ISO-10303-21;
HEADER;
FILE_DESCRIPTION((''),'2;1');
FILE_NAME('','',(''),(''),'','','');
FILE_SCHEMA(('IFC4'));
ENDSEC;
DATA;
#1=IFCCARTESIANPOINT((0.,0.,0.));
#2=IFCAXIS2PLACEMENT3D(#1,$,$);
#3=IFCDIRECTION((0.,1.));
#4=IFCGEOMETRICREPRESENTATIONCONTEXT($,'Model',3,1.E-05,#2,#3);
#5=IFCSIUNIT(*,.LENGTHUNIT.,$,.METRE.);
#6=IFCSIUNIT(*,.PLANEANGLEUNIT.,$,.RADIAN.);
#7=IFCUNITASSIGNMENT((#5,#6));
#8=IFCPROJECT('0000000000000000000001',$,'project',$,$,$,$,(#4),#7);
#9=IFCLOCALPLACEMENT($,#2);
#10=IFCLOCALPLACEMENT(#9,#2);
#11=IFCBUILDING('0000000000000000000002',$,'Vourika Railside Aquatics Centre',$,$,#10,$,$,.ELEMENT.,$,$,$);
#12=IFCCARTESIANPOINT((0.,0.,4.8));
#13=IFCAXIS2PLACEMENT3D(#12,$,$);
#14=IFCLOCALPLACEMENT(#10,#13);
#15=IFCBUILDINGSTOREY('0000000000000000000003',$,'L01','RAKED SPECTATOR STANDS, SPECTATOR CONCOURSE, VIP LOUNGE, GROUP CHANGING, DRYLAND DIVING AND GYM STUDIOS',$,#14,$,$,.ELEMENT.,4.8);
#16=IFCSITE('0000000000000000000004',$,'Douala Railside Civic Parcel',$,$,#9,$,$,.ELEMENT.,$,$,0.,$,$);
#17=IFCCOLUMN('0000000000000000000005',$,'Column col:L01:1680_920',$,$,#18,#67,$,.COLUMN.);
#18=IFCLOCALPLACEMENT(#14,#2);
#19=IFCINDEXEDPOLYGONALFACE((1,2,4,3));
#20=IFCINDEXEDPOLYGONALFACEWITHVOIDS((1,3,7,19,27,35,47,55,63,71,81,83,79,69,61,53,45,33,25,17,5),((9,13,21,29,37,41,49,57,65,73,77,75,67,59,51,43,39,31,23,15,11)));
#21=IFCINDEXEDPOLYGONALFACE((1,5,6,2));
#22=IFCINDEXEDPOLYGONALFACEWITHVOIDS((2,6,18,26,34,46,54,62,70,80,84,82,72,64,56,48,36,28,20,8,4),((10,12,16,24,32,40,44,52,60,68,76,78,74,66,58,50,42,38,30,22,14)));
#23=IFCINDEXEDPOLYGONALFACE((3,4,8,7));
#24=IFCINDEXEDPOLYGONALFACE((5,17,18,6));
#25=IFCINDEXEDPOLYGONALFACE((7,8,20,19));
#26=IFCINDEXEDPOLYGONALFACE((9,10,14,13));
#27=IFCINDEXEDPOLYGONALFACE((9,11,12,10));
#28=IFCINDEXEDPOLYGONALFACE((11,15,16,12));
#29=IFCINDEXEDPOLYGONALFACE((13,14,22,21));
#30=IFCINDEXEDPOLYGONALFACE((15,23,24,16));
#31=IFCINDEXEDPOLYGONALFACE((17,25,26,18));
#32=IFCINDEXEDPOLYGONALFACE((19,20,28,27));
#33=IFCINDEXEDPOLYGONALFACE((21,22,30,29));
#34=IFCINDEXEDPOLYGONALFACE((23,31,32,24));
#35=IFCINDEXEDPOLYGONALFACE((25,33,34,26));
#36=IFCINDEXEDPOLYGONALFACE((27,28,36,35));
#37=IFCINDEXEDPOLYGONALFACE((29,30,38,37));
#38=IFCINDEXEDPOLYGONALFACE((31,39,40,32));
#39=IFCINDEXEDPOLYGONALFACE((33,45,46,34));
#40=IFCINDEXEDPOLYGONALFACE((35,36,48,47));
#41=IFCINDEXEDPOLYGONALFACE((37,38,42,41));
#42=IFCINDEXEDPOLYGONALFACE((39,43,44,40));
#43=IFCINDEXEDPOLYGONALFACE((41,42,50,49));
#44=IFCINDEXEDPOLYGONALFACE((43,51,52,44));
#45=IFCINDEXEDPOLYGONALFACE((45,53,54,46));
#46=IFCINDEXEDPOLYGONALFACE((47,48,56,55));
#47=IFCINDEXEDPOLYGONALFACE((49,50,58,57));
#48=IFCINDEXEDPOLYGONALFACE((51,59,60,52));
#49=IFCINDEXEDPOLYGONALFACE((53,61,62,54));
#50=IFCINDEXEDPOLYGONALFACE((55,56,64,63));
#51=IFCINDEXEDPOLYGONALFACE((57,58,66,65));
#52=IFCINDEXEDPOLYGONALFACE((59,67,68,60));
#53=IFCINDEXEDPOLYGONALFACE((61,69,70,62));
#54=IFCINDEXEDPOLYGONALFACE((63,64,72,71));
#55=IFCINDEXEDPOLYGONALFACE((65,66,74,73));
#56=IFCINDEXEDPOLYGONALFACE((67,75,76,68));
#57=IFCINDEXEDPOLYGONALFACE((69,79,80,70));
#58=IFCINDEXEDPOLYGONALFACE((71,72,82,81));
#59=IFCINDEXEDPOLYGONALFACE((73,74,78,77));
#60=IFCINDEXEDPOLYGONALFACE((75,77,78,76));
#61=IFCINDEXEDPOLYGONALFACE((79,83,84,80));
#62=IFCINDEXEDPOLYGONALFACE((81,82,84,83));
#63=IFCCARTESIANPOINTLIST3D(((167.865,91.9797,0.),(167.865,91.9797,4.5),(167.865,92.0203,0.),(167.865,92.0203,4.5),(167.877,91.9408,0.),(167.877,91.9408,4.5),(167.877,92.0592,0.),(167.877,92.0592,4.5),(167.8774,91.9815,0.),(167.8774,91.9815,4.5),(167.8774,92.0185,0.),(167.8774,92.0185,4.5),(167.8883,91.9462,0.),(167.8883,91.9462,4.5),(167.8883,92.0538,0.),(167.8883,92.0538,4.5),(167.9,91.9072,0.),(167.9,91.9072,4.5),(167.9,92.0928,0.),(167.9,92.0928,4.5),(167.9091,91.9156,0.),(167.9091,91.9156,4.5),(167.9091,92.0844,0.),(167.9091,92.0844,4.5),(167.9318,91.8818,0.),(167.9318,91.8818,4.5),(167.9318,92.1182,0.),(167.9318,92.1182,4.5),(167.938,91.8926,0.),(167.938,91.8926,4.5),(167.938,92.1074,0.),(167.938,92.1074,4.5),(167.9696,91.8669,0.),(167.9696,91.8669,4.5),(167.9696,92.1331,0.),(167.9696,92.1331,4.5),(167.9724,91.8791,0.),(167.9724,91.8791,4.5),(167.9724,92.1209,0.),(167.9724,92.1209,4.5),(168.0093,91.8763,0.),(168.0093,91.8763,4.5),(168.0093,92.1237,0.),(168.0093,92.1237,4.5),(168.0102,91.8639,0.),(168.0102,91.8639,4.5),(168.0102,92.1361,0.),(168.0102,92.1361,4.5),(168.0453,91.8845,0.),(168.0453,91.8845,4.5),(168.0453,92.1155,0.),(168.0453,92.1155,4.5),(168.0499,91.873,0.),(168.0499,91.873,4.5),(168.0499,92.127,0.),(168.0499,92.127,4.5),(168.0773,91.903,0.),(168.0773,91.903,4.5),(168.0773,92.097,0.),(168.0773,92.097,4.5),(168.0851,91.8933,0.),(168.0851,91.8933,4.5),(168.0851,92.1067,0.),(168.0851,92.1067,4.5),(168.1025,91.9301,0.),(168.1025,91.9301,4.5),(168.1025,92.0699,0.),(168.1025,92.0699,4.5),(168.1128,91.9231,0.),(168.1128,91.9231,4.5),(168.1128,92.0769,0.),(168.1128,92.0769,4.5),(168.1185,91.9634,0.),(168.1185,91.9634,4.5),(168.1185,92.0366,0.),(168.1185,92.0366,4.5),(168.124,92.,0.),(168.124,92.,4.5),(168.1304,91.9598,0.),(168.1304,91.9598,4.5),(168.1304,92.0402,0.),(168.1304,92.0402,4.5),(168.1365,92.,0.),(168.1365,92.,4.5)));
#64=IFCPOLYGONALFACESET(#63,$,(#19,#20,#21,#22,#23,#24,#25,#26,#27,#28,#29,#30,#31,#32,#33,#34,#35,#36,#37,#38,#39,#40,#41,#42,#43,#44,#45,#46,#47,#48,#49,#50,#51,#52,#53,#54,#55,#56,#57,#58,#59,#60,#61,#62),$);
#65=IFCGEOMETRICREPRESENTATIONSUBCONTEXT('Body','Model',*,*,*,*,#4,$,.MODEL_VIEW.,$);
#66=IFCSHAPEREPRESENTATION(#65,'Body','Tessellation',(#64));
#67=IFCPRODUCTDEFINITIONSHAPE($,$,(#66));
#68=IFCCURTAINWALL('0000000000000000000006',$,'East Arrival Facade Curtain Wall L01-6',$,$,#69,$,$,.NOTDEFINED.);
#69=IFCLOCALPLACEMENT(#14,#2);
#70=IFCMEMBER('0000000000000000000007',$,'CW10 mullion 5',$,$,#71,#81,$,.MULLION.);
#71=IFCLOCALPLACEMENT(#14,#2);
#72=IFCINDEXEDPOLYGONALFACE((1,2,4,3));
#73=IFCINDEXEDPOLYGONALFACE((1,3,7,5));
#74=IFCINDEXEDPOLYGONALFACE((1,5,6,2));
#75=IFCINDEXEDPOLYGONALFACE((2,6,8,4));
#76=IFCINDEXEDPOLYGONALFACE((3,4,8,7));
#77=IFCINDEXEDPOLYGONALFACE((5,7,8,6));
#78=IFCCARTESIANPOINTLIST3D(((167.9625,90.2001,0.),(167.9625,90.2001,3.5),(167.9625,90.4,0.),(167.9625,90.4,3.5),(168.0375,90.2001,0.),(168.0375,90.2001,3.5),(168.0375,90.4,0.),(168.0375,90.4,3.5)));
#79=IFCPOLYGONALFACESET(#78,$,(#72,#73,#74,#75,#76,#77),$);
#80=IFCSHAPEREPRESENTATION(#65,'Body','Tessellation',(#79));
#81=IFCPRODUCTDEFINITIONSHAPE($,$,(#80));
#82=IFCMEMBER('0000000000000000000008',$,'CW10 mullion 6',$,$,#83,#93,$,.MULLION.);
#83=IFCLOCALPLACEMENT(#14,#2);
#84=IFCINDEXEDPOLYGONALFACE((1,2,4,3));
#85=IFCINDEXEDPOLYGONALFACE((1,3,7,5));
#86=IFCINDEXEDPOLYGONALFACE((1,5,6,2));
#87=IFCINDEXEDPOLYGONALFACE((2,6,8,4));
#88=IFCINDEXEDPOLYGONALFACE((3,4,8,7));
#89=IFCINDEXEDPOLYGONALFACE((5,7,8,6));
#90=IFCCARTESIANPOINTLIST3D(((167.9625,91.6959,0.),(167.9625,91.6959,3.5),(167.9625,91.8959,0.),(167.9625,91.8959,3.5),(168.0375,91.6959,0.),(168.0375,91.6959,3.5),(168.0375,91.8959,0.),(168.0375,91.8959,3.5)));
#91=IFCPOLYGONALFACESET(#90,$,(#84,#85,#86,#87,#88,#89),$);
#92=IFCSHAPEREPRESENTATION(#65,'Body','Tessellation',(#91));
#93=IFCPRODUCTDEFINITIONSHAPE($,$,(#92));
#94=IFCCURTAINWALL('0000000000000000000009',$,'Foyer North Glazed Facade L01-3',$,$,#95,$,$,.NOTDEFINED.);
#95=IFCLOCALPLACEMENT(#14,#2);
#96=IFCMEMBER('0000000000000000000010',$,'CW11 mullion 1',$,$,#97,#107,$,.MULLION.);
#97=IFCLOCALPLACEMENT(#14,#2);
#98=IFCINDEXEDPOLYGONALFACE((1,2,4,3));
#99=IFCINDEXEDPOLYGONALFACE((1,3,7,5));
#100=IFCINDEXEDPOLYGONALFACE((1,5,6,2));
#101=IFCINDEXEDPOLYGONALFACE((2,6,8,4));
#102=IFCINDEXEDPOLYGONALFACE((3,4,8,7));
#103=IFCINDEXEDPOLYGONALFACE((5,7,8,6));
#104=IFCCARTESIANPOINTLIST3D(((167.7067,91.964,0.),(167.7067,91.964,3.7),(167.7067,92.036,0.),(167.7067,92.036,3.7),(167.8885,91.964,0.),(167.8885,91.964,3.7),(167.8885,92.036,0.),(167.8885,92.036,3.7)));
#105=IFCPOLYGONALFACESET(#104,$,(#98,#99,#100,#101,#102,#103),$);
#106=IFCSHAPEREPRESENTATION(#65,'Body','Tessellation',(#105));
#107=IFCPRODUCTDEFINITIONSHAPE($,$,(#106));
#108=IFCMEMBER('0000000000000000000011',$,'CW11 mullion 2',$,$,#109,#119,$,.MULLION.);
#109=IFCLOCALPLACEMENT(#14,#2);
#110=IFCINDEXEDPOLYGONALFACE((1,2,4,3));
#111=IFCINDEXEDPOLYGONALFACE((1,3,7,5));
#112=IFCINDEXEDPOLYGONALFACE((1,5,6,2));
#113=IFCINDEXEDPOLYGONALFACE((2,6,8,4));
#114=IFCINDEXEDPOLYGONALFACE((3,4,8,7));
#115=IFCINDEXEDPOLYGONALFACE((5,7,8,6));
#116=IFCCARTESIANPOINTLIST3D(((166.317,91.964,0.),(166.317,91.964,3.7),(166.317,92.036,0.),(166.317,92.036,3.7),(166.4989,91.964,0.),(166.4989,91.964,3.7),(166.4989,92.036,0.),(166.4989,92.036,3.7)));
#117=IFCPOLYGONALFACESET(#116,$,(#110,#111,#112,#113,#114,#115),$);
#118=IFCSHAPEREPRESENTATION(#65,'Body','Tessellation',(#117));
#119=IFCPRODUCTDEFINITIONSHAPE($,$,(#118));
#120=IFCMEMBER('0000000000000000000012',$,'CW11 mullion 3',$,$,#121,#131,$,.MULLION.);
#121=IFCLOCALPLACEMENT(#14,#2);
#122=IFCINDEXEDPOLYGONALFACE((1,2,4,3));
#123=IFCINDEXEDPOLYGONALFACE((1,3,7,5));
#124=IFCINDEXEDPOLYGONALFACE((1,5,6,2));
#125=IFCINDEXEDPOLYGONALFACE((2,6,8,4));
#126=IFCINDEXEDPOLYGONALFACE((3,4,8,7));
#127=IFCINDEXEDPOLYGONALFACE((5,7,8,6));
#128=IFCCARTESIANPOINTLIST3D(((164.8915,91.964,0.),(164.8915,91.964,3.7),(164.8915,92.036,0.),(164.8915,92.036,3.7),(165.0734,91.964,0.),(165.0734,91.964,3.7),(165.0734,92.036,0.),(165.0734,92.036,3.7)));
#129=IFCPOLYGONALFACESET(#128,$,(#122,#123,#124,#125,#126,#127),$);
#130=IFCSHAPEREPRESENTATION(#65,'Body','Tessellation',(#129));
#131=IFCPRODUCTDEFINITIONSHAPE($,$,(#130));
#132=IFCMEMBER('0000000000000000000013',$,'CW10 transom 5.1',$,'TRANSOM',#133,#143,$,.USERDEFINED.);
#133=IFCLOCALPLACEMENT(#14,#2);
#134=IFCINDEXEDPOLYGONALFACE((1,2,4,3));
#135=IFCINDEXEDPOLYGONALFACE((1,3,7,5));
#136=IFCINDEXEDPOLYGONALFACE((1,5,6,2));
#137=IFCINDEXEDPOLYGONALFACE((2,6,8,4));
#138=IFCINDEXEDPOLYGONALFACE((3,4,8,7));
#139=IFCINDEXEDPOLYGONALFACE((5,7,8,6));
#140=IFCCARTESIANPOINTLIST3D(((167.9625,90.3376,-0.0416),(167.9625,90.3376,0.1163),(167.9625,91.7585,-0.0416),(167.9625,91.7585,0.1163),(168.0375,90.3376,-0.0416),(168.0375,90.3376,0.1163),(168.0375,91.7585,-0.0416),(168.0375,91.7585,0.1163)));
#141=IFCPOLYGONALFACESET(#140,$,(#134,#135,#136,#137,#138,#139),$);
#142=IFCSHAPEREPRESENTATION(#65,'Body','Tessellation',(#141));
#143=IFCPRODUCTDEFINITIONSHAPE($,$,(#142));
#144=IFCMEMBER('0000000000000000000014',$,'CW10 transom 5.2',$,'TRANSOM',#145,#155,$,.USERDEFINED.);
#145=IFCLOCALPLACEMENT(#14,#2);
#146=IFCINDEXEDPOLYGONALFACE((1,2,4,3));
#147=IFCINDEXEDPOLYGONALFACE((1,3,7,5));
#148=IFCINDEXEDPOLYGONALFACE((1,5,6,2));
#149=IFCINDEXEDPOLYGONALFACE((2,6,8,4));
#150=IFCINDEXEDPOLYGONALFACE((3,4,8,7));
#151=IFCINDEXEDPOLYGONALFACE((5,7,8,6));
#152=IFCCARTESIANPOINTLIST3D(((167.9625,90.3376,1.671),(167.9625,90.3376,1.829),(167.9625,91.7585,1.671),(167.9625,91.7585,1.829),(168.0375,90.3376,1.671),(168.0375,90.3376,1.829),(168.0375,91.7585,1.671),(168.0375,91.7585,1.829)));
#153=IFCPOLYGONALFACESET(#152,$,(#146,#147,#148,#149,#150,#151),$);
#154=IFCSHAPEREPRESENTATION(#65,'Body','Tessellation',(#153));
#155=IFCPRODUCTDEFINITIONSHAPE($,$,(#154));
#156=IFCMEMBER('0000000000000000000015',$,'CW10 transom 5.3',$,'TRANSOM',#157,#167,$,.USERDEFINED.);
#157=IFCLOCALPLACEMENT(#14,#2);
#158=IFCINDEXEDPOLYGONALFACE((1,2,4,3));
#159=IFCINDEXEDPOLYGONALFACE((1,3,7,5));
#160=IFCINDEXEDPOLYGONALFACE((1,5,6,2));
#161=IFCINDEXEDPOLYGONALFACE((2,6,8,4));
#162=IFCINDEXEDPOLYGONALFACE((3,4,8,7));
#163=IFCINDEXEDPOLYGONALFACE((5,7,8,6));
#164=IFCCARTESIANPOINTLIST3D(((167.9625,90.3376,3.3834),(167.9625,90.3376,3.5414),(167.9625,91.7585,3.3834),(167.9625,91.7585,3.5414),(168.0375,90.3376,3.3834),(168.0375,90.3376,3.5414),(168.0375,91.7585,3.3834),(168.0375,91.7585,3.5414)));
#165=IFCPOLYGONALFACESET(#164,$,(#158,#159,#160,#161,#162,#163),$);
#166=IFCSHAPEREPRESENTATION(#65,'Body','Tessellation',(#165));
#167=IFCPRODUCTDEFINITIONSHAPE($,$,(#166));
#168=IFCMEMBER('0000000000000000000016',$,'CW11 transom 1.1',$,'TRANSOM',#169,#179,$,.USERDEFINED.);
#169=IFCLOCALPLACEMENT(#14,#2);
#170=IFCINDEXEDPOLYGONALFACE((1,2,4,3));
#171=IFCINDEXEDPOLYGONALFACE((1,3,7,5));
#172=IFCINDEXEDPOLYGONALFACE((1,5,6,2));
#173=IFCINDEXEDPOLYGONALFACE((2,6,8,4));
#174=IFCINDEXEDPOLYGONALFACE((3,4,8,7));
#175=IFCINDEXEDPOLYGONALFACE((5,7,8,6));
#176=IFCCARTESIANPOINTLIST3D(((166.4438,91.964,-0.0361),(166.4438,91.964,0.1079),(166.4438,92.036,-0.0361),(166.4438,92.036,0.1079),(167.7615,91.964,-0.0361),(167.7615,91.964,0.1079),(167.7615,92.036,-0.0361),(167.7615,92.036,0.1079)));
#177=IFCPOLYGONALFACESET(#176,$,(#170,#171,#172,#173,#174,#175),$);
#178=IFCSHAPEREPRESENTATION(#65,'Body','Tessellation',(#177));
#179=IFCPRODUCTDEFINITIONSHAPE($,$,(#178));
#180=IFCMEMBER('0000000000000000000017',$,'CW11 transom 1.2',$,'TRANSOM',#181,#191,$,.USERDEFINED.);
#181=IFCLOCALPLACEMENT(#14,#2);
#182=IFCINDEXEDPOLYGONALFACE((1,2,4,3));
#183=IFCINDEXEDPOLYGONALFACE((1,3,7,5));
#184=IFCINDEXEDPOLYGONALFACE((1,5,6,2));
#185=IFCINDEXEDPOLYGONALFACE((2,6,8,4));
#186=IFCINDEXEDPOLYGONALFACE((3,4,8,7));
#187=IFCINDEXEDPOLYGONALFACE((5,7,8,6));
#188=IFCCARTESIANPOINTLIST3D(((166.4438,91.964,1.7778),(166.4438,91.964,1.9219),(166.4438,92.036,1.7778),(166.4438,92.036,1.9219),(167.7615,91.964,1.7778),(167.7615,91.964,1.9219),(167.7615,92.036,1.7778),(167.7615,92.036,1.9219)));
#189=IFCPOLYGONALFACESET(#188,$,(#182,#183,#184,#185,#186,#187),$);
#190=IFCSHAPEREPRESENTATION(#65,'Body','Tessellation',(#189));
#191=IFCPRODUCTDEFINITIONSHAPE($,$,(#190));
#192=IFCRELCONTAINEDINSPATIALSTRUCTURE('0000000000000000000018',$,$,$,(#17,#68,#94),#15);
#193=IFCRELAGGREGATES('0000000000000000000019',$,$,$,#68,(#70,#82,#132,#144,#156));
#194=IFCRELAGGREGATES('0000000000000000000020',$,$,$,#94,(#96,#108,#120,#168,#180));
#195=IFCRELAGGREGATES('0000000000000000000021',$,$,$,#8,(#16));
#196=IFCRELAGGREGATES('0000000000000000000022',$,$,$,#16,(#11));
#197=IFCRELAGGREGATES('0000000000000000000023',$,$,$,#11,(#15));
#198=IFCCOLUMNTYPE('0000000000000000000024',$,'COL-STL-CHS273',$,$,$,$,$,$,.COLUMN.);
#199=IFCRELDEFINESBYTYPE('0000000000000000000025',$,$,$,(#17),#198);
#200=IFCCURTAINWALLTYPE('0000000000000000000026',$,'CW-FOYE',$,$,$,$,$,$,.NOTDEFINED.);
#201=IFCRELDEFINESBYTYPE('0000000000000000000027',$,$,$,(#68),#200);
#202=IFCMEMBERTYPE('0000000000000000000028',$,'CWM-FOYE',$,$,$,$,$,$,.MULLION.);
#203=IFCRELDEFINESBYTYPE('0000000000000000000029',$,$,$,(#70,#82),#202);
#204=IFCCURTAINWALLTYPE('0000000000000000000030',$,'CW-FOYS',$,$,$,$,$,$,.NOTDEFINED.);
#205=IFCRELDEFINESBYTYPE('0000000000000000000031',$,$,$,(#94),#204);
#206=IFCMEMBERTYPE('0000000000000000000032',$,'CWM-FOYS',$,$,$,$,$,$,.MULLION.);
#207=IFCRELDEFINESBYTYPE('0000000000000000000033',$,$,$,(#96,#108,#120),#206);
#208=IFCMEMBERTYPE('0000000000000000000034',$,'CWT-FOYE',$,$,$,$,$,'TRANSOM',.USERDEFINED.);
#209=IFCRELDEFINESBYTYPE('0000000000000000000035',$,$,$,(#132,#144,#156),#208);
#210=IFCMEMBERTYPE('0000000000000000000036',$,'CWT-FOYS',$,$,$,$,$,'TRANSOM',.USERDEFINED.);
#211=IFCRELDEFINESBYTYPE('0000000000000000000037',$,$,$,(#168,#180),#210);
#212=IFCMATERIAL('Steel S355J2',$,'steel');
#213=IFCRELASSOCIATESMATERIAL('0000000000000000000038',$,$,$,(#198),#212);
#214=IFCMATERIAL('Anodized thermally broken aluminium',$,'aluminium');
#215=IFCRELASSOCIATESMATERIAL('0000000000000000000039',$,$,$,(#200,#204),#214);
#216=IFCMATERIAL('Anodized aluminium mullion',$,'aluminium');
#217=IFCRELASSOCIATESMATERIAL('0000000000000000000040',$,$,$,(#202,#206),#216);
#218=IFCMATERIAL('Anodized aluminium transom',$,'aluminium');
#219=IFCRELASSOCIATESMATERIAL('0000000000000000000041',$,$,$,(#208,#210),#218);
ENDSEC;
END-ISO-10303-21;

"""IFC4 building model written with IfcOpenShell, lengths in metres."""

from ifc_helpers import new_model, si_unit, direction, frame, origin, origin_2d, place, context, subcontext, project, spatial, rectangle, hollow_circle, extrude, material, material_profile, profile_set, type_object, element, aggregate, save


model = new_model("IFC4")

# Units and contexts
model_context = context("Model", 3, precision=1e-05, world=origin(), true_north=direction((0.0, 1.0)))
body_context = subcontext(model_context, "Body", "Model", "MODEL_VIEW")
ifc_project = project(units=[si_unit("LENGTHUNIT", "METRE"), si_unit("PLANEANGLEUNIT", "RADIAN")], contexts=[model_context])

# Site, building, storey
site_placement = place(None, origin())
site = spatial("IfcSite", under=ifc_project, at=site_placement, Name="Douala Railside Civic Parcel", CompositionType="ELEMENT", RefElevation=0.0)
building_placement = place(site_placement, origin())
building = spatial("IfcBuilding", under=site, at=building_placement, Name="Vourika Railside Aquatics Centre", CompositionType="ELEMENT")
storey_placement = place(building_placement, frame((0.0, 0.0, 4.8)))
storey = spatial("IfcBuildingStorey", under=building, at=storey_placement, Name="L01", Description="RAKED SPECTATOR STANDS, SPECTATOR CONCOURSE, VIP LOUNGE, GROUP CHANGING, DRYLAND DIVING AND GYM STUDIOS", CompositionType="ELEMENT", Elevation=4.8)

# Column
ifc_material_1 = material(Name="Steel S355J2", Category="steel")
ifc_material_profile_1 = material_profile(ifc_material_1, hollow_circle(Radius=0.1365, WallThickness=0.0125, at=origin_2d()), Name="CHS 273x12.5")
ifc_profile_set_1 = profile_set([ifc_material_profile_1], Name="Steel S355J2")
column_type = type_object("IfcColumnType", Name="COL-STL-CHS273", PredefinedType="COLUMN", material=ifc_profile_set_1)
column_placement = place(storey_placement, frame((168.0, 92.0, 0.0), z_axis=(0.0, 0.0, 1.0), x_axis=(1.0, 0.0, 0.0)))
element("IfcColumn", 1, at=column_placement, inside=storey, type_object=column_type, Name="Column col:L01:1680_920", PredefinedType="COLUMN", context=body_context, shape_type="SweptSolid", body=[
    extrude(hollow_circle(Radius=0.1365, WallThickness=0.0125, at=origin_2d()), origin(), (0.0, 0.0, 1.0), 4.5),
])

# Curtain walls, members
ifc_material_2 = material(Name="Anodized thermally broken aluminium", Category="aluminium")
curtain_wall_type_1 = type_object("IfcCurtainWallType", Name="CW-FOYE", PredefinedType="NOTDEFINED", material=ifc_material_2)
curtain_wall_1_placement = place(storey_placement, origin())
curtain_wall_1 = element("IfcCurtainWall", 2, at=curtain_wall_1_placement, inside=storey, type_object=curtain_wall_type_1, Name="East Arrival Facade Curtain Wall L01-6", PredefinedType="NOTDEFINED")
ifc_material_3 = material(Name="Anodized aluminium mullion", Category="aluminium")
ifc_material_profile_2 = material_profile(ifc_material_3, rectangle(XDim=0.075, YDim=0.2, at=origin_2d()), Name="ALU-M 75x200")
ifc_profile_set_2 = profile_set([ifc_material_profile_2], Name="Anodized aluminium mullion")
member_type_1 = type_object("IfcMemberType", Name="CWM-FOYE", PredefinedType="MULLION", material=ifc_profile_set_2)
member_1_placement = place(storey_placement, frame((168.0, 90.3, 0.0), z_axis=(0.0, 0.0, 1.0), x_axis=(-1.0, 0.0, 0.0)))
member_1 = element("IfcMember", 3, at=member_1_placement, type_object=member_type_1, Name="CW10 mullion 5", PredefinedType="MULLION", context=body_context, shape_type="SweptSolid", body=[
    extrude(rectangle(XDim=0.075, YDim=0.2, at=origin_2d()), origin(), (0.0, 0.0, 1.0), 3.5),
])
member_2_placement = place(storey_placement, frame((168.0, 91.7959, 0.0), z_axis=(0.0, 0.0, 1.0), x_axis=(-1.0, 0.0, 0.0)))
member_2 = element("IfcMember", 4, at=member_2_placement, type_object=member_type_1, Name="CW10 mullion 6", PredefinedType="MULLION", context=body_context, shape_type="SweptSolid", body=[
    extrude(rectangle(XDim=0.075, YDim=0.2, at=origin_2d()), origin(), (0.0, 0.0, 1.0), 3.5),
])
curtain_wall_type_2 = type_object("IfcCurtainWallType", Name="CW-FOYS", PredefinedType="NOTDEFINED", material=ifc_material_2)
curtain_wall_2_placement = place(storey_placement, origin())
curtain_wall_2 = element("IfcCurtainWall", 5, at=curtain_wall_2_placement, inside=storey, type_object=curtain_wall_type_2, Name="Foyer North Glazed Facade L01-3", PredefinedType="NOTDEFINED")
ifc_material_profile_3 = material_profile(ifc_material_3, rectangle(XDim=0.072, YDim=0.1819, at=origin_2d()), Name="ALU-M 72x182")
ifc_profile_set_3 = profile_set([ifc_material_profile_3], Name="Anodized aluminium mullion")
member_type_2 = type_object("IfcMemberType", Name="CWM-FOYS", PredefinedType="MULLION", material=ifc_profile_set_3)
member_3_placement = place(storey_placement, frame((167.7976, 92.0, 0.0), z_axis=(0.0, 0.0, 1.0), x_axis=(0.0, -1.0, 0.0)))
member_3 = element("IfcMember", 6, at=member_3_placement, type_object=member_type_2, Name="CW11 mullion 1", PredefinedType="MULLION", context=body_context, shape_type="SweptSolid", body=[
    extrude(rectangle(XDim=0.072, YDim=0.1819, at=origin_2d()), origin(), (0.0, 0.0, 1.0), 3.7),
])
member_4_placement = place(storey_placement, frame((166.408, 92.0, 0.0), z_axis=(0.0, 0.0, 1.0), x_axis=(0.0, -1.0, 0.0)))
member_4 = element("IfcMember", 7, at=member_4_placement, type_object=member_type_2, Name="CW11 mullion 2", PredefinedType="MULLION", context=body_context, shape_type="SweptSolid", body=[
    extrude(rectangle(XDim=0.072, YDim=0.1819, at=origin_2d()), origin(), (0.0, 0.0, 1.0), 3.7),
])
member_5_placement = place(storey_placement, frame((164.9824, 92.0, 0.0), z_axis=(0.0, 0.0, 1.0), x_axis=(0.0, -1.0, 0.0)))
member_5 = element("IfcMember", 8, at=member_5_placement, type_object=member_type_2, Name="CW11 mullion 3", PredefinedType="MULLION", context=body_context, shape_type="SweptSolid", body=[
    extrude(rectangle(XDim=0.072, YDim=0.1819, at=origin_2d()), origin(), (0.0, 0.0, 1.0), 3.7),
])

# Members
ifc_material_4 = material(Name="Anodized aluminium transom", Category="aluminium")
ifc_material_profile_4 = material_profile(ifc_material_4, rectangle(XDim=0.075, YDim=0.158, at=origin_2d()), Name="ALU-T 75x158")
ifc_profile_set_4 = profile_set([ifc_material_profile_4], Name="Anodized aluminium transom")
member_type_3 = type_object("IfcMemberType", Name="CWT-FOYE", ElementType="TRANSOM", PredefinedType="USERDEFINED", material=ifc_profile_set_4)
member_6_placement = place(storey_placement, frame((168.0, 90.3376, 0.0374), z_axis=(0.0, 1.0, 0.0), x_axis=(-1.0, 0.0, 0.0)))
member_6 = element("IfcMember", 9, at=member_6_placement, type_object=member_type_3, Name="CW10 transom 5.1", ObjectType="TRANSOM", PredefinedType="USERDEFINED", context=body_context, shape_type="SweptSolid", body=[
    extrude(rectangle(XDim=0.075, YDim=0.158, at=origin_2d()), origin(), (0.0, 0.0, 1.0), 1.4209),
])
member_7_placement = place(storey_placement, frame((168.0, 90.3376, 1.75), z_axis=(0.0, 1.0, 0.0), x_axis=(-1.0, 0.0, 0.0)))
member_7 = element("IfcMember", 10, at=member_7_placement, type_object=member_type_3, Name="CW10 transom 5.2", ObjectType="TRANSOM", PredefinedType="USERDEFINED", context=body_context, shape_type="SweptSolid", body=[
    extrude(rectangle(XDim=0.075, YDim=0.158, at=origin_2d()), origin(), (0.0, 0.0, 1.0), 1.4209),
])
member_8_placement = place(storey_placement, frame((168.0, 90.3376, 3.4624), z_axis=(0.0, 1.0, 0.0), x_axis=(-1.0, 0.0, 0.0)))
member_8 = element("IfcMember", 11, at=member_8_placement, type_object=member_type_3, Name="CW10 transom 5.3", ObjectType="TRANSOM", PredefinedType="USERDEFINED", context=body_context, shape_type="SweptSolid", body=[
    extrude(rectangle(XDim=0.075, YDim=0.158, at=origin_2d()), origin(), (0.0, 0.0, 1.0), 1.4209),
])
ifc_material_profile_5 = material_profile(ifc_material_4, rectangle(XDim=0.072, YDim=0.144, at=origin_2d()), Name="ALU-T 72x144")
ifc_profile_set_5 = profile_set([ifc_material_profile_5], Name="Anodized aluminium transom")
member_type_4 = type_object("IfcMemberType", Name="CWT-FOYS", ElementType="TRANSOM", PredefinedType="USERDEFINED", material=ifc_profile_set_5)
member_9_placement = place(storey_placement, frame((167.7615, 92.0, 0.0359), z_axis=(-1.0, 0.0, 0.0), x_axis=(0.0, -1.0, 0.0)))
member_9 = element("IfcMember", 12, at=member_9_placement, type_object=member_type_4, Name="CW11 transom 1.1", ObjectType="TRANSOM", PredefinedType="USERDEFINED", context=body_context, shape_type="SweptSolid", body=[
    extrude(rectangle(XDim=0.072, YDim=0.144, at=origin_2d()), origin(), (0.0, 0.0, 1.0), 1.3176),
])
member_10_placement = place(storey_placement, frame((167.7615, 92.0, 1.8499), z_axis=(-1.0, 0.0, 0.0), x_axis=(0.0, -1.0, 0.0)))
member_10 = element("IfcMember", 13, at=member_10_placement, type_object=member_type_4, Name="CW11 transom 1.2", ObjectType="TRANSOM", PredefinedType="USERDEFINED", context=body_context, shape_type="SweptSolid", body=[
    extrude(rectangle(XDim=0.072, YDim=0.144, at=origin_2d()), origin(), (0.0, 0.0, 1.0), 1.3176),
])

aggregate(curtain_wall_1, [member_1, member_2, member_6, member_7, member_8])
aggregate(curtain_wall_2, [member_3, member_4, member_5, member_9, member_10])

save(model, "model.ifc")
